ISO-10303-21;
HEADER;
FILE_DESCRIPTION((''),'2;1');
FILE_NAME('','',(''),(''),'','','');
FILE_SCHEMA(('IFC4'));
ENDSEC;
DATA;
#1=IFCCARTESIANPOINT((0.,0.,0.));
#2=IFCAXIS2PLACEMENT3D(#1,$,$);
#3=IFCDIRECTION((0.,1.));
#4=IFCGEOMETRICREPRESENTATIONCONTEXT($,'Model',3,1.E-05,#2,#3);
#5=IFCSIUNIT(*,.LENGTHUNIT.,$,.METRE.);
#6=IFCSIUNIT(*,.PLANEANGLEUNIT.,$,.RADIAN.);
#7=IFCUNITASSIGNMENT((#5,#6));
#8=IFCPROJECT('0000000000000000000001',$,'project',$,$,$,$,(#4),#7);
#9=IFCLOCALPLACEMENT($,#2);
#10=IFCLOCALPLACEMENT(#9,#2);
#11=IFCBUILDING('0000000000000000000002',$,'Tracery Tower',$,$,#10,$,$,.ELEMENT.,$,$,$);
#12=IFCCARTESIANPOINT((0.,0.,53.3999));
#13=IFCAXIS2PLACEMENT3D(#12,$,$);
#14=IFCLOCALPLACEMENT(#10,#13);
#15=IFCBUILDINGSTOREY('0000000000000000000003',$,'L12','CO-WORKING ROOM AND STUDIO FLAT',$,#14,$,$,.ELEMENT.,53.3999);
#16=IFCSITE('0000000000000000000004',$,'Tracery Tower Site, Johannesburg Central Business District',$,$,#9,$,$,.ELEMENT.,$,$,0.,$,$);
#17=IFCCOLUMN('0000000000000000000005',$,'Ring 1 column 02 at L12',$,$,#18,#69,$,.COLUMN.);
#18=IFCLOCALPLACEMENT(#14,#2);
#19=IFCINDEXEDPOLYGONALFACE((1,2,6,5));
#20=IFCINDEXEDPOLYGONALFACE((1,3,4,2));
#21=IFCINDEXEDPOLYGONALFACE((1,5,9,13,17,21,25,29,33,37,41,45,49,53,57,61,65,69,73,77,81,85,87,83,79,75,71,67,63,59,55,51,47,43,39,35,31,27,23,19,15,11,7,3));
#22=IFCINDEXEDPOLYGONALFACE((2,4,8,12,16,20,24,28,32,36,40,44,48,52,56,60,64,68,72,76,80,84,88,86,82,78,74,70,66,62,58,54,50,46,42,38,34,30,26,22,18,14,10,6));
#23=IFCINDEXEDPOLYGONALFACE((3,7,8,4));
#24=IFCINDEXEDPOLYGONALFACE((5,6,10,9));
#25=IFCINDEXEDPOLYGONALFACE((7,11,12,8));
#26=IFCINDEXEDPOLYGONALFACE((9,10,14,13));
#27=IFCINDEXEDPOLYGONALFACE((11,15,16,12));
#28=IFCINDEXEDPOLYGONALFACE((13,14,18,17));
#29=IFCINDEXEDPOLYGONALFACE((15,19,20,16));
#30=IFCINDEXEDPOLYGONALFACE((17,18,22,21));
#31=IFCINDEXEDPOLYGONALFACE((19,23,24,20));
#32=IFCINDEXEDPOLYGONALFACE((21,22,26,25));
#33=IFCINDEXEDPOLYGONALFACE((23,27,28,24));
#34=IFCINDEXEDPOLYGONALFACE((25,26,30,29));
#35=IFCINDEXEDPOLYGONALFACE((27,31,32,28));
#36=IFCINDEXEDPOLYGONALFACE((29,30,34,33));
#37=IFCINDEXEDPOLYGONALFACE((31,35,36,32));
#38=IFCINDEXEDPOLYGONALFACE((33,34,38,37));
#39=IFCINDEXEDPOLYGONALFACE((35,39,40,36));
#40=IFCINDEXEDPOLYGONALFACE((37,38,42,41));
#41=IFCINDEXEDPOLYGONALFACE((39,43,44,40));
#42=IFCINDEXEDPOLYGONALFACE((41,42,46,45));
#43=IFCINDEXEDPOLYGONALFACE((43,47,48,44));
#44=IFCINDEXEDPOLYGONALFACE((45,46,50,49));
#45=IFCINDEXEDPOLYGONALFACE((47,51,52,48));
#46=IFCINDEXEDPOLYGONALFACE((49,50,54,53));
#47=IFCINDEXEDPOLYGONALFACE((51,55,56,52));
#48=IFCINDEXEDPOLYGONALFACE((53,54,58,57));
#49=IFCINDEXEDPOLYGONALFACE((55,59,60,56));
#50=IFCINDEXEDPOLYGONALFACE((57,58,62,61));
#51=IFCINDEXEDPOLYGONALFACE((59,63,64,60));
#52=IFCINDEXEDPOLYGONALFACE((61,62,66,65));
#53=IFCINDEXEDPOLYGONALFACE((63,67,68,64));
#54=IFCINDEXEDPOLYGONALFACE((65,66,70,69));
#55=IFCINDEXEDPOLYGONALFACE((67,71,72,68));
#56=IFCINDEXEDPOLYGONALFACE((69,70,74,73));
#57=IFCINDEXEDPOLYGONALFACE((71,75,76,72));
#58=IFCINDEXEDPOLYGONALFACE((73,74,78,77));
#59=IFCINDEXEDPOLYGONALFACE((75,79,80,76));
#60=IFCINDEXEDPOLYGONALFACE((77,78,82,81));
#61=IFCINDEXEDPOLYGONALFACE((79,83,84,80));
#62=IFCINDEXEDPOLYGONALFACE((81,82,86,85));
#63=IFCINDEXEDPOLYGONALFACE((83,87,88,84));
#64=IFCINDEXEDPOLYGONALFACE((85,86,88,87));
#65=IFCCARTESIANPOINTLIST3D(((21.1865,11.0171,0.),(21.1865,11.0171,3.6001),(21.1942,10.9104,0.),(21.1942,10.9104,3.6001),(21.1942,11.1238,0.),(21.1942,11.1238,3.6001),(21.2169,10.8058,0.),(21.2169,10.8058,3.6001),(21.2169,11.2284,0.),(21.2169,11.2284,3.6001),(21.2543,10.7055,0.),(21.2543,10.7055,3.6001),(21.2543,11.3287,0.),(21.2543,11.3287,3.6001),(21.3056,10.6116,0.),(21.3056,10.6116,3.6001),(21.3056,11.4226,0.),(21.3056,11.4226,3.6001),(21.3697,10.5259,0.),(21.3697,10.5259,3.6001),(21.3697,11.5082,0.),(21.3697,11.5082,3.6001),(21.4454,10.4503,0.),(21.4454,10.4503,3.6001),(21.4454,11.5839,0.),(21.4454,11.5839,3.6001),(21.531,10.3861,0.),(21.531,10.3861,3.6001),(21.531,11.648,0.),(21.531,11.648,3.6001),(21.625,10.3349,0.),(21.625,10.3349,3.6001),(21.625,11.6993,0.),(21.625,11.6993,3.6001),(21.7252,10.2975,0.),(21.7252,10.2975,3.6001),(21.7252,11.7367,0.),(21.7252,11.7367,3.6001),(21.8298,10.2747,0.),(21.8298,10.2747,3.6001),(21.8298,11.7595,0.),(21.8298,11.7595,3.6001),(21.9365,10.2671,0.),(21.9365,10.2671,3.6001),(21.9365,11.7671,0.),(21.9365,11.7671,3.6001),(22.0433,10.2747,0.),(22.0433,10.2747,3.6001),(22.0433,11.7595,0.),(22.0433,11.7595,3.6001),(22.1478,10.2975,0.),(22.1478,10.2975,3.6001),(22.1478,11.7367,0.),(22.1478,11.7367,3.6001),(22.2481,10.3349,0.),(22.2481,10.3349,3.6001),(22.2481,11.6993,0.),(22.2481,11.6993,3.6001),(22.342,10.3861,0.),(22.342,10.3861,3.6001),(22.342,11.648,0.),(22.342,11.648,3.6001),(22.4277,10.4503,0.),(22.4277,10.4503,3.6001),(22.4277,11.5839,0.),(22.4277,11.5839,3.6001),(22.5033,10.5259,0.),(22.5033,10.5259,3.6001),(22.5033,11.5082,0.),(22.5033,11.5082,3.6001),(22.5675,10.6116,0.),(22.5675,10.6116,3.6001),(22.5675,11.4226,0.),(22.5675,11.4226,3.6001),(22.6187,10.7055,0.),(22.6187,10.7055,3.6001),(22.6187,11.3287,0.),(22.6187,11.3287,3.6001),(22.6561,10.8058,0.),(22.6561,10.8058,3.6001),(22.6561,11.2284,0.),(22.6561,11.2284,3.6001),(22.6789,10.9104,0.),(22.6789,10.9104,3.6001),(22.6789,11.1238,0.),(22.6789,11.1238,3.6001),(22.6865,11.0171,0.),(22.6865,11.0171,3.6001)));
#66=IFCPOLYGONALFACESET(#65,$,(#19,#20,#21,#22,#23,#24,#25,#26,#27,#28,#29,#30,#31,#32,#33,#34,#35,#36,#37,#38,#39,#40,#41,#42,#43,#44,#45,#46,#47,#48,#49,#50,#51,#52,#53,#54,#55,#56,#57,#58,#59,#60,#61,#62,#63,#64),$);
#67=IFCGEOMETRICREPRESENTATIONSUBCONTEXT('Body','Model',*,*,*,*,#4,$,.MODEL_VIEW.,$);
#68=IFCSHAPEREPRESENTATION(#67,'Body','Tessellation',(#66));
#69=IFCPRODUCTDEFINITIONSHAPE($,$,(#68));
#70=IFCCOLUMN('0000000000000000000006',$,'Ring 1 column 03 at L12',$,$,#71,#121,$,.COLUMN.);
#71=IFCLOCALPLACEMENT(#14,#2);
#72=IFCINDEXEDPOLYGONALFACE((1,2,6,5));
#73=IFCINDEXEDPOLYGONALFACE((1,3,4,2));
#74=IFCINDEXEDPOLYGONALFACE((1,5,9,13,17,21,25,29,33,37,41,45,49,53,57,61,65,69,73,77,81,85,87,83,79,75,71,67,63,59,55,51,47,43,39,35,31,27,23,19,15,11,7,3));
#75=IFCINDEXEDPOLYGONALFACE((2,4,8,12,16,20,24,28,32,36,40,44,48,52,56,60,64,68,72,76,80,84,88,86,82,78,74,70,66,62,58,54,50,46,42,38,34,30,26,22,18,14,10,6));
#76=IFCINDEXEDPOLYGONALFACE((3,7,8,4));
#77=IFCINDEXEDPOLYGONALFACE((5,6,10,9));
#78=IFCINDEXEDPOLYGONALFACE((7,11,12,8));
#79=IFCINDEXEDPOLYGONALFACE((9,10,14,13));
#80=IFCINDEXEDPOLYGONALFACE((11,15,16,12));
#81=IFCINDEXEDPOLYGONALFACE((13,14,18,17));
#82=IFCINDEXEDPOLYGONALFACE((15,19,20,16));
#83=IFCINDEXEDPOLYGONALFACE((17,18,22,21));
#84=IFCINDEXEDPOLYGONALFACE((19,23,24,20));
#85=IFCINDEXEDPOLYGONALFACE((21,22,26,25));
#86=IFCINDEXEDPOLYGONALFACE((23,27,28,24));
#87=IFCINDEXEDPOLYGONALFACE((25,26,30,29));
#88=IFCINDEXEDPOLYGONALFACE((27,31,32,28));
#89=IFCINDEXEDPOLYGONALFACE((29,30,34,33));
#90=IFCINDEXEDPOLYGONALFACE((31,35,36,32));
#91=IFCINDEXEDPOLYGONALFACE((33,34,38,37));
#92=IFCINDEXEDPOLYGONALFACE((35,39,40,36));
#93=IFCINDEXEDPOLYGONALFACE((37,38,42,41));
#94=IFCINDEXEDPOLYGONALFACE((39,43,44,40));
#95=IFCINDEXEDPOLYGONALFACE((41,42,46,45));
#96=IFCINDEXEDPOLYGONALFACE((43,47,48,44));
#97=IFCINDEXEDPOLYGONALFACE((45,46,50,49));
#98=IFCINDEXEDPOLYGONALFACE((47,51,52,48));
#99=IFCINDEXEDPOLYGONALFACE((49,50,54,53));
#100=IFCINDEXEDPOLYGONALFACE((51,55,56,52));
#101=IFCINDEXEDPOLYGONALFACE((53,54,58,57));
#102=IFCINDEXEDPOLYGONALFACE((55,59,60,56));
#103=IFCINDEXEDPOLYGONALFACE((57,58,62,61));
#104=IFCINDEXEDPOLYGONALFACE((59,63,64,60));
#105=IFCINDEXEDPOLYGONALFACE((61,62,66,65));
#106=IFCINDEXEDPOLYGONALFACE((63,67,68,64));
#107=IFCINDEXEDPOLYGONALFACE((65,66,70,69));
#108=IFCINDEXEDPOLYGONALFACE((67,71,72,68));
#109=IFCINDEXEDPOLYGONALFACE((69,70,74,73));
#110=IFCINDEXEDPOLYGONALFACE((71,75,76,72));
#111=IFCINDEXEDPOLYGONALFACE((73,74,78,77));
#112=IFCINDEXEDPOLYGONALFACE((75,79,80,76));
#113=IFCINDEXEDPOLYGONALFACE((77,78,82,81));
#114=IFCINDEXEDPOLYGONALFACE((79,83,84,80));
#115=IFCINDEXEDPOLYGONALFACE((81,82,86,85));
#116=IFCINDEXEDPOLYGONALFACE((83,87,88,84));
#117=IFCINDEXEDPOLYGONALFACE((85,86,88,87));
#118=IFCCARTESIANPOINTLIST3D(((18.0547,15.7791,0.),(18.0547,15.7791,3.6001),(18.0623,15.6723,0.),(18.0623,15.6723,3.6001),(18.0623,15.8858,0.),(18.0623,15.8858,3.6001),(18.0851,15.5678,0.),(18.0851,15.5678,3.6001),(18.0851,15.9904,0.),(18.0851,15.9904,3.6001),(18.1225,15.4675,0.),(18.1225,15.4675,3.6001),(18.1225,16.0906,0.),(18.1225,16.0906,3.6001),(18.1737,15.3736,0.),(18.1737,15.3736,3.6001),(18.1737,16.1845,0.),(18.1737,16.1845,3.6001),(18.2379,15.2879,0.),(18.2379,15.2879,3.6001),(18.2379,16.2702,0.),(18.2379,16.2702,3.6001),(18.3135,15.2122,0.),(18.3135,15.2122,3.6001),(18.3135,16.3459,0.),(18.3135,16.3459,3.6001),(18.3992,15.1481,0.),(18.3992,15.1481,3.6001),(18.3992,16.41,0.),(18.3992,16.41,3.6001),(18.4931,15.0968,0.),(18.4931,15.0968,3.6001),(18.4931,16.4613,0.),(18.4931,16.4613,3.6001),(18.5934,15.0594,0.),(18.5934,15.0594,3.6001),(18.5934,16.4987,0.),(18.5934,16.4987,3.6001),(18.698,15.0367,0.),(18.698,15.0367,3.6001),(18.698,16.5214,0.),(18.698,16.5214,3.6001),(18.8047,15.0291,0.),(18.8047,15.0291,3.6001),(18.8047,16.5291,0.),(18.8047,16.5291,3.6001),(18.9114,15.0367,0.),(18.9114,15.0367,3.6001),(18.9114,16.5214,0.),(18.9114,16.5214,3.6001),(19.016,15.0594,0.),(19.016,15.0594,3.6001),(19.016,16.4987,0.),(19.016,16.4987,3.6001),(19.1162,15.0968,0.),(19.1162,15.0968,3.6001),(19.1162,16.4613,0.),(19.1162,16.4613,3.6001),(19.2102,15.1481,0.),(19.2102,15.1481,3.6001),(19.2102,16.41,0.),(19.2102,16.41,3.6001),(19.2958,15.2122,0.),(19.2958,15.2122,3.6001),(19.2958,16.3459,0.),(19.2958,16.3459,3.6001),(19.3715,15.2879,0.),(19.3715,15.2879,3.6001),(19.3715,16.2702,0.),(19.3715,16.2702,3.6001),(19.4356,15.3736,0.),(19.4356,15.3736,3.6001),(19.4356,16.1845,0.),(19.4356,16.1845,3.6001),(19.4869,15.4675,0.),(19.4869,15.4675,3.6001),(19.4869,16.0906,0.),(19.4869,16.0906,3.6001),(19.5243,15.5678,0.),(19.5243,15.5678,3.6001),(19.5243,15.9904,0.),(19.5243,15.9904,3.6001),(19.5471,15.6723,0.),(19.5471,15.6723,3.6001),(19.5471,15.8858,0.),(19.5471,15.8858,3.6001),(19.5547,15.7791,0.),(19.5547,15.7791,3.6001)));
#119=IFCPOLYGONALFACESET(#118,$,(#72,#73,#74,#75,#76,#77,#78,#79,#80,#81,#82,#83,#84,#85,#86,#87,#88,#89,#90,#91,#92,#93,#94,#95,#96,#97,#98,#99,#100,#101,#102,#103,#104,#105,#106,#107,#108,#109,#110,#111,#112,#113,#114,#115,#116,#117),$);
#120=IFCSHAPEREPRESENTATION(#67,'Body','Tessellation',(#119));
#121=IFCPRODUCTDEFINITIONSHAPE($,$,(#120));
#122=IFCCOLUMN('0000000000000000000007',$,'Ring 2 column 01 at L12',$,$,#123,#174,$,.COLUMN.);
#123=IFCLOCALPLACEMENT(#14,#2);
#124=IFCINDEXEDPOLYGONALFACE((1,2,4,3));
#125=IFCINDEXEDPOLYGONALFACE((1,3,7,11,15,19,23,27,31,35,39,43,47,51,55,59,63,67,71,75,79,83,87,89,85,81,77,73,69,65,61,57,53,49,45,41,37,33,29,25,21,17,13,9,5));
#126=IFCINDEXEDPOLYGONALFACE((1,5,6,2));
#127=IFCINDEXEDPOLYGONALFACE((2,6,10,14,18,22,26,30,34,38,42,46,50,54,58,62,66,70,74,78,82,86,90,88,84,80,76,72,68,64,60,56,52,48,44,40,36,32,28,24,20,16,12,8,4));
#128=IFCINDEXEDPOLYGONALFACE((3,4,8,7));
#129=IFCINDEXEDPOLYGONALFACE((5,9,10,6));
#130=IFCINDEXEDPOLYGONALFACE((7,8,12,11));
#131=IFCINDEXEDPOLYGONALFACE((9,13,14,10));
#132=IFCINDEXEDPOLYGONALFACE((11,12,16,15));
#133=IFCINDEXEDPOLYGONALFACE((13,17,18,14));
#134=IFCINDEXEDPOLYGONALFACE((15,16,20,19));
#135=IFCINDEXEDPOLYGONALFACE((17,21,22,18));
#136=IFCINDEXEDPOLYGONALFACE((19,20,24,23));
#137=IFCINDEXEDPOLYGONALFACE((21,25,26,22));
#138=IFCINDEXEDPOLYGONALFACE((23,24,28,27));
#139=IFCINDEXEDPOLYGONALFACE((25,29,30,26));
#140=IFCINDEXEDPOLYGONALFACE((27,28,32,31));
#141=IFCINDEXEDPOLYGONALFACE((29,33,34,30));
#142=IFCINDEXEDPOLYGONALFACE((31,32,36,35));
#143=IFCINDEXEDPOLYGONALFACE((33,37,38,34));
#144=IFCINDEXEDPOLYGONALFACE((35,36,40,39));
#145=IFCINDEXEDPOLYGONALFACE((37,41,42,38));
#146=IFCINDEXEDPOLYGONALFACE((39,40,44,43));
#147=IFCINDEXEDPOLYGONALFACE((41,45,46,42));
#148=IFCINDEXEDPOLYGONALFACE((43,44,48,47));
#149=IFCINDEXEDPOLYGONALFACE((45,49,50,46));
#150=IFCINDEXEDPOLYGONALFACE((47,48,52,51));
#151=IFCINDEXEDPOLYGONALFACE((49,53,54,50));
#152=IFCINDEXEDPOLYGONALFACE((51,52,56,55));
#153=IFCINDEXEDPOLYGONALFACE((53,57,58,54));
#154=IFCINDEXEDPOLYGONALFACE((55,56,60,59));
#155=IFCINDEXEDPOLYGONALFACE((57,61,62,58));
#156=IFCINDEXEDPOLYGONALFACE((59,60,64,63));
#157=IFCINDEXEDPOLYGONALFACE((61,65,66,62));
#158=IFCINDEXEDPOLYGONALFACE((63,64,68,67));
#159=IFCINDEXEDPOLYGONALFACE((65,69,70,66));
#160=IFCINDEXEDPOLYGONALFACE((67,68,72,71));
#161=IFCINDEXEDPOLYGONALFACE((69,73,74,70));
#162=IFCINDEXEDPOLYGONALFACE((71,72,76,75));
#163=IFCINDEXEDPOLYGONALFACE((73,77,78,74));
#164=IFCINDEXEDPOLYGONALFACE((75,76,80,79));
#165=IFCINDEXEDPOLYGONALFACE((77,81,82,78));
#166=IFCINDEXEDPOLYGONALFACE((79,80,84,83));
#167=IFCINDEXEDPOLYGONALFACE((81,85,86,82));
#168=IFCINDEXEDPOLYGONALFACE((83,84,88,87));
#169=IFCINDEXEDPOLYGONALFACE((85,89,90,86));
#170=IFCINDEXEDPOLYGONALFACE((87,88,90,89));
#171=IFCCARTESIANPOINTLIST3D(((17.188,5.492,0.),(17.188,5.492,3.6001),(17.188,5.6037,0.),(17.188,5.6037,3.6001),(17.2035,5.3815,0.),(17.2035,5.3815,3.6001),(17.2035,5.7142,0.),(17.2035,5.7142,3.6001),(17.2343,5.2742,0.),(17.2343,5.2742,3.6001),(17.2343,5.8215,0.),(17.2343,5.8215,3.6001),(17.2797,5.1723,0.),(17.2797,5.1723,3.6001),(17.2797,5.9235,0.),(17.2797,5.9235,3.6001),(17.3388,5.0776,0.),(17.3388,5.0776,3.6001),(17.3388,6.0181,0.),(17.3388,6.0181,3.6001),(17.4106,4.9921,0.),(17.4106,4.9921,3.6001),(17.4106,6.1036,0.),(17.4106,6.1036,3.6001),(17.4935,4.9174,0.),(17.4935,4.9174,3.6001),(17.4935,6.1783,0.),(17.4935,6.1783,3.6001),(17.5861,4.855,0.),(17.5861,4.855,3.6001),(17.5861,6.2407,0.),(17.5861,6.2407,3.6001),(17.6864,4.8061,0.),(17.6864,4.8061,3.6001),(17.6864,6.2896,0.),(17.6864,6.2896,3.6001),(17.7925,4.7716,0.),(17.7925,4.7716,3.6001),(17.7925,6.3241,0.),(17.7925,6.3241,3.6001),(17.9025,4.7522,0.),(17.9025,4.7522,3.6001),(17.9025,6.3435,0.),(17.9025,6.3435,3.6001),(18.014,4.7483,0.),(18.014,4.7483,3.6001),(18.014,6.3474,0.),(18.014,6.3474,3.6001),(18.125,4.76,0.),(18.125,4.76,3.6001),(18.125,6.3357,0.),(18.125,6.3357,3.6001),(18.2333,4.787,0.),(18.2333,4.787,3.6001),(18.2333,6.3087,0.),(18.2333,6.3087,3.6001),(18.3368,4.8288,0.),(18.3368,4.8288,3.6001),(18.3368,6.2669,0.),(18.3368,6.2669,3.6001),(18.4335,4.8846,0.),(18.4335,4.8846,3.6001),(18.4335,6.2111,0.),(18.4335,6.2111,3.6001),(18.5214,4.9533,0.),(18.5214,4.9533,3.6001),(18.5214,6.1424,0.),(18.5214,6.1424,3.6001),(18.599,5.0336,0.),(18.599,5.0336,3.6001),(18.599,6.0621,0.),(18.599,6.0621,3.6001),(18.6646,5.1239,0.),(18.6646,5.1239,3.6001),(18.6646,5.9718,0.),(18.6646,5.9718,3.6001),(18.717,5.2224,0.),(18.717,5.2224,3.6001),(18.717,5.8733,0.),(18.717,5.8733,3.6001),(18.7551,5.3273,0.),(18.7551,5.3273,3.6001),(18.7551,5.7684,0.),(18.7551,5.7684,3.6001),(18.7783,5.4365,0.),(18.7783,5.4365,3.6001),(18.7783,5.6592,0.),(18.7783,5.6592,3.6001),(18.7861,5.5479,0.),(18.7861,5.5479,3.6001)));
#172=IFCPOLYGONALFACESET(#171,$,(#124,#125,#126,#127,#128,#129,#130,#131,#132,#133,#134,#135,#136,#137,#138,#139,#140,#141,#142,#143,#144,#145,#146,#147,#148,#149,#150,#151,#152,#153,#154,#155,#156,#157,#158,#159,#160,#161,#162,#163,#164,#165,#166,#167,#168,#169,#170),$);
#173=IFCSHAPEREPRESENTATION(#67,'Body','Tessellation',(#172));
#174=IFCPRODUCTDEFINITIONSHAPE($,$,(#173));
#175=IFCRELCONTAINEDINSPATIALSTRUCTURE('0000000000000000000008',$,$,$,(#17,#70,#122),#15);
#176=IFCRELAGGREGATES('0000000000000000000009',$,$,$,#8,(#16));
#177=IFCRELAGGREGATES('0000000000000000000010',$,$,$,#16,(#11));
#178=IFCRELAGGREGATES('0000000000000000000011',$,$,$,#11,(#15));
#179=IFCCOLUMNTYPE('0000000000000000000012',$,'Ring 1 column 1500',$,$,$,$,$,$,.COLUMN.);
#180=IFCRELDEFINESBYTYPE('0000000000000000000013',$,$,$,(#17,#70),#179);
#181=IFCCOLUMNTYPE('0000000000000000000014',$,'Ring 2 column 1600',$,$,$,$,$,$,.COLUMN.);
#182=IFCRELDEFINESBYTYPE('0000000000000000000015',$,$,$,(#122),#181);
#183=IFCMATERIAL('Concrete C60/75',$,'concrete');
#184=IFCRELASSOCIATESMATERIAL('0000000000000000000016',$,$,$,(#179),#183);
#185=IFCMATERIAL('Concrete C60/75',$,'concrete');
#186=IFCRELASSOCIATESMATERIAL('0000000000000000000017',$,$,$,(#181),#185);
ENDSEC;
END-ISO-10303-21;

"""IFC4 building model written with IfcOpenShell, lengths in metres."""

from ifc_helpers import new_model, si_unit, direction, frame, origin, origin_2d, place, context, subcontext, project, spatial, circle, extrude, material, material_profile, profile_set, type_object, element, save


model = new_model("IFC4")

# Units and contexts
model_context = context("Model", 3, precision=1e-05, world=origin(), true_north=direction((0.0, 1.0)))
body_context = subcontext(model_context, "Body", "Model", "MODEL_VIEW")
ifc_project = project(units=[si_unit("LENGTHUNIT", "METRE"), si_unit("PLANEANGLEUNIT", "RADIAN")], contexts=[model_context])

# Site, building, storey
site_placement = place(None, origin())
site = spatial("IfcSite", under=ifc_project, at=site_placement, Name="Tracery Tower Site, Johannesburg Central Business District", CompositionType="ELEMENT", RefElevation=0.0)
building_placement = place(site_placement, origin())
building = spatial("IfcBuilding", under=site, at=building_placement, Name="Tracery Tower", CompositionType="ELEMENT")
storey_placement = place(building_placement, frame((0.0, 0.0, 53.3999)))
storey = spatial("IfcBuildingStorey", under=building, at=storey_placement, Name="L12", Description="CO-WORKING ROOM AND STUDIO FLAT", CompositionType="ELEMENT", Elevation=53.3999)

# Columns
ifc_material_1 = material(Name="Concrete C60/75", Category="concrete")
ifc_material_profile_1 = material_profile(ifc_material_1, circle(Radius=0.75, at=origin_2d()), Name="RC D1500")
ifc_profile_set_1 = profile_set([ifc_material_profile_1], Name="Concrete C60/75")
column_type_1 = type_object("IfcColumnType", Name="Ring 1 column 1500", PredefinedType="COLUMN", material=ifc_profile_set_1)
for number, where, z_axis, x_axis, name in (
    (1, (21.9365, 11.0171, 0.0), (0.0, 0.0, 1.0), (1.0, 0.0, 0.0), "Ring 1 column 02 at L12"),
    (2, (18.8047, 15.7791, 0.0), (0.0, 0.0, 1.0), (1.0, 0.0, 0.0), "Ring 1 column 03 at L12"),
):
    element("IfcColumn", number, at=place(storey_placement, frame(where, z_axis=z_axis, x_axis=x_axis)), inside=storey, type_object=column_type_1, Name=name, PredefinedType="COLUMN", context=body_context, shape_type="SweptSolid", body=[
        extrude(circle(Radius=0.75, at=origin_2d()), origin(), (0.0, 0.0, 1.0), 3.6001),
    ])
ifc_material_2 = material(Name="Concrete C60/75", Category="concrete")
ifc_material_profile_2 = material_profile(ifc_material_2, circle(Radius=0.8, at=origin_2d()), Name="RC D1600")
ifc_profile_set_2 = profile_set([ifc_material_profile_2], Name="Concrete C60/75")
column_type_2 = type_object("IfcColumnType", Name="Ring 2 column 1600", PredefinedType="COLUMN", material=ifc_profile_set_2)
for number, where, z_axis, x_axis, name in (
    (3, (17.9861, 5.5479, 0.0), (0.0, 0.0, 1.0), (1.0, 0.0, 0.0), "Ring 2 column 01 at L12"),
):
    element("IfcColumn", number, at=place(storey_placement, frame(where, z_axis=z_axis, x_axis=x_axis)), inside=storey, type_object=column_type_2, Name=name, PredefinedType="COLUMN", context=body_context, shape_type="SweptSolid", body=[
        extrude(circle(Radius=0.8, at=origin_2d()), origin(), (0.0, 0.0, 1.0), 3.6001),
    ])

save(model, "model.ifc")
